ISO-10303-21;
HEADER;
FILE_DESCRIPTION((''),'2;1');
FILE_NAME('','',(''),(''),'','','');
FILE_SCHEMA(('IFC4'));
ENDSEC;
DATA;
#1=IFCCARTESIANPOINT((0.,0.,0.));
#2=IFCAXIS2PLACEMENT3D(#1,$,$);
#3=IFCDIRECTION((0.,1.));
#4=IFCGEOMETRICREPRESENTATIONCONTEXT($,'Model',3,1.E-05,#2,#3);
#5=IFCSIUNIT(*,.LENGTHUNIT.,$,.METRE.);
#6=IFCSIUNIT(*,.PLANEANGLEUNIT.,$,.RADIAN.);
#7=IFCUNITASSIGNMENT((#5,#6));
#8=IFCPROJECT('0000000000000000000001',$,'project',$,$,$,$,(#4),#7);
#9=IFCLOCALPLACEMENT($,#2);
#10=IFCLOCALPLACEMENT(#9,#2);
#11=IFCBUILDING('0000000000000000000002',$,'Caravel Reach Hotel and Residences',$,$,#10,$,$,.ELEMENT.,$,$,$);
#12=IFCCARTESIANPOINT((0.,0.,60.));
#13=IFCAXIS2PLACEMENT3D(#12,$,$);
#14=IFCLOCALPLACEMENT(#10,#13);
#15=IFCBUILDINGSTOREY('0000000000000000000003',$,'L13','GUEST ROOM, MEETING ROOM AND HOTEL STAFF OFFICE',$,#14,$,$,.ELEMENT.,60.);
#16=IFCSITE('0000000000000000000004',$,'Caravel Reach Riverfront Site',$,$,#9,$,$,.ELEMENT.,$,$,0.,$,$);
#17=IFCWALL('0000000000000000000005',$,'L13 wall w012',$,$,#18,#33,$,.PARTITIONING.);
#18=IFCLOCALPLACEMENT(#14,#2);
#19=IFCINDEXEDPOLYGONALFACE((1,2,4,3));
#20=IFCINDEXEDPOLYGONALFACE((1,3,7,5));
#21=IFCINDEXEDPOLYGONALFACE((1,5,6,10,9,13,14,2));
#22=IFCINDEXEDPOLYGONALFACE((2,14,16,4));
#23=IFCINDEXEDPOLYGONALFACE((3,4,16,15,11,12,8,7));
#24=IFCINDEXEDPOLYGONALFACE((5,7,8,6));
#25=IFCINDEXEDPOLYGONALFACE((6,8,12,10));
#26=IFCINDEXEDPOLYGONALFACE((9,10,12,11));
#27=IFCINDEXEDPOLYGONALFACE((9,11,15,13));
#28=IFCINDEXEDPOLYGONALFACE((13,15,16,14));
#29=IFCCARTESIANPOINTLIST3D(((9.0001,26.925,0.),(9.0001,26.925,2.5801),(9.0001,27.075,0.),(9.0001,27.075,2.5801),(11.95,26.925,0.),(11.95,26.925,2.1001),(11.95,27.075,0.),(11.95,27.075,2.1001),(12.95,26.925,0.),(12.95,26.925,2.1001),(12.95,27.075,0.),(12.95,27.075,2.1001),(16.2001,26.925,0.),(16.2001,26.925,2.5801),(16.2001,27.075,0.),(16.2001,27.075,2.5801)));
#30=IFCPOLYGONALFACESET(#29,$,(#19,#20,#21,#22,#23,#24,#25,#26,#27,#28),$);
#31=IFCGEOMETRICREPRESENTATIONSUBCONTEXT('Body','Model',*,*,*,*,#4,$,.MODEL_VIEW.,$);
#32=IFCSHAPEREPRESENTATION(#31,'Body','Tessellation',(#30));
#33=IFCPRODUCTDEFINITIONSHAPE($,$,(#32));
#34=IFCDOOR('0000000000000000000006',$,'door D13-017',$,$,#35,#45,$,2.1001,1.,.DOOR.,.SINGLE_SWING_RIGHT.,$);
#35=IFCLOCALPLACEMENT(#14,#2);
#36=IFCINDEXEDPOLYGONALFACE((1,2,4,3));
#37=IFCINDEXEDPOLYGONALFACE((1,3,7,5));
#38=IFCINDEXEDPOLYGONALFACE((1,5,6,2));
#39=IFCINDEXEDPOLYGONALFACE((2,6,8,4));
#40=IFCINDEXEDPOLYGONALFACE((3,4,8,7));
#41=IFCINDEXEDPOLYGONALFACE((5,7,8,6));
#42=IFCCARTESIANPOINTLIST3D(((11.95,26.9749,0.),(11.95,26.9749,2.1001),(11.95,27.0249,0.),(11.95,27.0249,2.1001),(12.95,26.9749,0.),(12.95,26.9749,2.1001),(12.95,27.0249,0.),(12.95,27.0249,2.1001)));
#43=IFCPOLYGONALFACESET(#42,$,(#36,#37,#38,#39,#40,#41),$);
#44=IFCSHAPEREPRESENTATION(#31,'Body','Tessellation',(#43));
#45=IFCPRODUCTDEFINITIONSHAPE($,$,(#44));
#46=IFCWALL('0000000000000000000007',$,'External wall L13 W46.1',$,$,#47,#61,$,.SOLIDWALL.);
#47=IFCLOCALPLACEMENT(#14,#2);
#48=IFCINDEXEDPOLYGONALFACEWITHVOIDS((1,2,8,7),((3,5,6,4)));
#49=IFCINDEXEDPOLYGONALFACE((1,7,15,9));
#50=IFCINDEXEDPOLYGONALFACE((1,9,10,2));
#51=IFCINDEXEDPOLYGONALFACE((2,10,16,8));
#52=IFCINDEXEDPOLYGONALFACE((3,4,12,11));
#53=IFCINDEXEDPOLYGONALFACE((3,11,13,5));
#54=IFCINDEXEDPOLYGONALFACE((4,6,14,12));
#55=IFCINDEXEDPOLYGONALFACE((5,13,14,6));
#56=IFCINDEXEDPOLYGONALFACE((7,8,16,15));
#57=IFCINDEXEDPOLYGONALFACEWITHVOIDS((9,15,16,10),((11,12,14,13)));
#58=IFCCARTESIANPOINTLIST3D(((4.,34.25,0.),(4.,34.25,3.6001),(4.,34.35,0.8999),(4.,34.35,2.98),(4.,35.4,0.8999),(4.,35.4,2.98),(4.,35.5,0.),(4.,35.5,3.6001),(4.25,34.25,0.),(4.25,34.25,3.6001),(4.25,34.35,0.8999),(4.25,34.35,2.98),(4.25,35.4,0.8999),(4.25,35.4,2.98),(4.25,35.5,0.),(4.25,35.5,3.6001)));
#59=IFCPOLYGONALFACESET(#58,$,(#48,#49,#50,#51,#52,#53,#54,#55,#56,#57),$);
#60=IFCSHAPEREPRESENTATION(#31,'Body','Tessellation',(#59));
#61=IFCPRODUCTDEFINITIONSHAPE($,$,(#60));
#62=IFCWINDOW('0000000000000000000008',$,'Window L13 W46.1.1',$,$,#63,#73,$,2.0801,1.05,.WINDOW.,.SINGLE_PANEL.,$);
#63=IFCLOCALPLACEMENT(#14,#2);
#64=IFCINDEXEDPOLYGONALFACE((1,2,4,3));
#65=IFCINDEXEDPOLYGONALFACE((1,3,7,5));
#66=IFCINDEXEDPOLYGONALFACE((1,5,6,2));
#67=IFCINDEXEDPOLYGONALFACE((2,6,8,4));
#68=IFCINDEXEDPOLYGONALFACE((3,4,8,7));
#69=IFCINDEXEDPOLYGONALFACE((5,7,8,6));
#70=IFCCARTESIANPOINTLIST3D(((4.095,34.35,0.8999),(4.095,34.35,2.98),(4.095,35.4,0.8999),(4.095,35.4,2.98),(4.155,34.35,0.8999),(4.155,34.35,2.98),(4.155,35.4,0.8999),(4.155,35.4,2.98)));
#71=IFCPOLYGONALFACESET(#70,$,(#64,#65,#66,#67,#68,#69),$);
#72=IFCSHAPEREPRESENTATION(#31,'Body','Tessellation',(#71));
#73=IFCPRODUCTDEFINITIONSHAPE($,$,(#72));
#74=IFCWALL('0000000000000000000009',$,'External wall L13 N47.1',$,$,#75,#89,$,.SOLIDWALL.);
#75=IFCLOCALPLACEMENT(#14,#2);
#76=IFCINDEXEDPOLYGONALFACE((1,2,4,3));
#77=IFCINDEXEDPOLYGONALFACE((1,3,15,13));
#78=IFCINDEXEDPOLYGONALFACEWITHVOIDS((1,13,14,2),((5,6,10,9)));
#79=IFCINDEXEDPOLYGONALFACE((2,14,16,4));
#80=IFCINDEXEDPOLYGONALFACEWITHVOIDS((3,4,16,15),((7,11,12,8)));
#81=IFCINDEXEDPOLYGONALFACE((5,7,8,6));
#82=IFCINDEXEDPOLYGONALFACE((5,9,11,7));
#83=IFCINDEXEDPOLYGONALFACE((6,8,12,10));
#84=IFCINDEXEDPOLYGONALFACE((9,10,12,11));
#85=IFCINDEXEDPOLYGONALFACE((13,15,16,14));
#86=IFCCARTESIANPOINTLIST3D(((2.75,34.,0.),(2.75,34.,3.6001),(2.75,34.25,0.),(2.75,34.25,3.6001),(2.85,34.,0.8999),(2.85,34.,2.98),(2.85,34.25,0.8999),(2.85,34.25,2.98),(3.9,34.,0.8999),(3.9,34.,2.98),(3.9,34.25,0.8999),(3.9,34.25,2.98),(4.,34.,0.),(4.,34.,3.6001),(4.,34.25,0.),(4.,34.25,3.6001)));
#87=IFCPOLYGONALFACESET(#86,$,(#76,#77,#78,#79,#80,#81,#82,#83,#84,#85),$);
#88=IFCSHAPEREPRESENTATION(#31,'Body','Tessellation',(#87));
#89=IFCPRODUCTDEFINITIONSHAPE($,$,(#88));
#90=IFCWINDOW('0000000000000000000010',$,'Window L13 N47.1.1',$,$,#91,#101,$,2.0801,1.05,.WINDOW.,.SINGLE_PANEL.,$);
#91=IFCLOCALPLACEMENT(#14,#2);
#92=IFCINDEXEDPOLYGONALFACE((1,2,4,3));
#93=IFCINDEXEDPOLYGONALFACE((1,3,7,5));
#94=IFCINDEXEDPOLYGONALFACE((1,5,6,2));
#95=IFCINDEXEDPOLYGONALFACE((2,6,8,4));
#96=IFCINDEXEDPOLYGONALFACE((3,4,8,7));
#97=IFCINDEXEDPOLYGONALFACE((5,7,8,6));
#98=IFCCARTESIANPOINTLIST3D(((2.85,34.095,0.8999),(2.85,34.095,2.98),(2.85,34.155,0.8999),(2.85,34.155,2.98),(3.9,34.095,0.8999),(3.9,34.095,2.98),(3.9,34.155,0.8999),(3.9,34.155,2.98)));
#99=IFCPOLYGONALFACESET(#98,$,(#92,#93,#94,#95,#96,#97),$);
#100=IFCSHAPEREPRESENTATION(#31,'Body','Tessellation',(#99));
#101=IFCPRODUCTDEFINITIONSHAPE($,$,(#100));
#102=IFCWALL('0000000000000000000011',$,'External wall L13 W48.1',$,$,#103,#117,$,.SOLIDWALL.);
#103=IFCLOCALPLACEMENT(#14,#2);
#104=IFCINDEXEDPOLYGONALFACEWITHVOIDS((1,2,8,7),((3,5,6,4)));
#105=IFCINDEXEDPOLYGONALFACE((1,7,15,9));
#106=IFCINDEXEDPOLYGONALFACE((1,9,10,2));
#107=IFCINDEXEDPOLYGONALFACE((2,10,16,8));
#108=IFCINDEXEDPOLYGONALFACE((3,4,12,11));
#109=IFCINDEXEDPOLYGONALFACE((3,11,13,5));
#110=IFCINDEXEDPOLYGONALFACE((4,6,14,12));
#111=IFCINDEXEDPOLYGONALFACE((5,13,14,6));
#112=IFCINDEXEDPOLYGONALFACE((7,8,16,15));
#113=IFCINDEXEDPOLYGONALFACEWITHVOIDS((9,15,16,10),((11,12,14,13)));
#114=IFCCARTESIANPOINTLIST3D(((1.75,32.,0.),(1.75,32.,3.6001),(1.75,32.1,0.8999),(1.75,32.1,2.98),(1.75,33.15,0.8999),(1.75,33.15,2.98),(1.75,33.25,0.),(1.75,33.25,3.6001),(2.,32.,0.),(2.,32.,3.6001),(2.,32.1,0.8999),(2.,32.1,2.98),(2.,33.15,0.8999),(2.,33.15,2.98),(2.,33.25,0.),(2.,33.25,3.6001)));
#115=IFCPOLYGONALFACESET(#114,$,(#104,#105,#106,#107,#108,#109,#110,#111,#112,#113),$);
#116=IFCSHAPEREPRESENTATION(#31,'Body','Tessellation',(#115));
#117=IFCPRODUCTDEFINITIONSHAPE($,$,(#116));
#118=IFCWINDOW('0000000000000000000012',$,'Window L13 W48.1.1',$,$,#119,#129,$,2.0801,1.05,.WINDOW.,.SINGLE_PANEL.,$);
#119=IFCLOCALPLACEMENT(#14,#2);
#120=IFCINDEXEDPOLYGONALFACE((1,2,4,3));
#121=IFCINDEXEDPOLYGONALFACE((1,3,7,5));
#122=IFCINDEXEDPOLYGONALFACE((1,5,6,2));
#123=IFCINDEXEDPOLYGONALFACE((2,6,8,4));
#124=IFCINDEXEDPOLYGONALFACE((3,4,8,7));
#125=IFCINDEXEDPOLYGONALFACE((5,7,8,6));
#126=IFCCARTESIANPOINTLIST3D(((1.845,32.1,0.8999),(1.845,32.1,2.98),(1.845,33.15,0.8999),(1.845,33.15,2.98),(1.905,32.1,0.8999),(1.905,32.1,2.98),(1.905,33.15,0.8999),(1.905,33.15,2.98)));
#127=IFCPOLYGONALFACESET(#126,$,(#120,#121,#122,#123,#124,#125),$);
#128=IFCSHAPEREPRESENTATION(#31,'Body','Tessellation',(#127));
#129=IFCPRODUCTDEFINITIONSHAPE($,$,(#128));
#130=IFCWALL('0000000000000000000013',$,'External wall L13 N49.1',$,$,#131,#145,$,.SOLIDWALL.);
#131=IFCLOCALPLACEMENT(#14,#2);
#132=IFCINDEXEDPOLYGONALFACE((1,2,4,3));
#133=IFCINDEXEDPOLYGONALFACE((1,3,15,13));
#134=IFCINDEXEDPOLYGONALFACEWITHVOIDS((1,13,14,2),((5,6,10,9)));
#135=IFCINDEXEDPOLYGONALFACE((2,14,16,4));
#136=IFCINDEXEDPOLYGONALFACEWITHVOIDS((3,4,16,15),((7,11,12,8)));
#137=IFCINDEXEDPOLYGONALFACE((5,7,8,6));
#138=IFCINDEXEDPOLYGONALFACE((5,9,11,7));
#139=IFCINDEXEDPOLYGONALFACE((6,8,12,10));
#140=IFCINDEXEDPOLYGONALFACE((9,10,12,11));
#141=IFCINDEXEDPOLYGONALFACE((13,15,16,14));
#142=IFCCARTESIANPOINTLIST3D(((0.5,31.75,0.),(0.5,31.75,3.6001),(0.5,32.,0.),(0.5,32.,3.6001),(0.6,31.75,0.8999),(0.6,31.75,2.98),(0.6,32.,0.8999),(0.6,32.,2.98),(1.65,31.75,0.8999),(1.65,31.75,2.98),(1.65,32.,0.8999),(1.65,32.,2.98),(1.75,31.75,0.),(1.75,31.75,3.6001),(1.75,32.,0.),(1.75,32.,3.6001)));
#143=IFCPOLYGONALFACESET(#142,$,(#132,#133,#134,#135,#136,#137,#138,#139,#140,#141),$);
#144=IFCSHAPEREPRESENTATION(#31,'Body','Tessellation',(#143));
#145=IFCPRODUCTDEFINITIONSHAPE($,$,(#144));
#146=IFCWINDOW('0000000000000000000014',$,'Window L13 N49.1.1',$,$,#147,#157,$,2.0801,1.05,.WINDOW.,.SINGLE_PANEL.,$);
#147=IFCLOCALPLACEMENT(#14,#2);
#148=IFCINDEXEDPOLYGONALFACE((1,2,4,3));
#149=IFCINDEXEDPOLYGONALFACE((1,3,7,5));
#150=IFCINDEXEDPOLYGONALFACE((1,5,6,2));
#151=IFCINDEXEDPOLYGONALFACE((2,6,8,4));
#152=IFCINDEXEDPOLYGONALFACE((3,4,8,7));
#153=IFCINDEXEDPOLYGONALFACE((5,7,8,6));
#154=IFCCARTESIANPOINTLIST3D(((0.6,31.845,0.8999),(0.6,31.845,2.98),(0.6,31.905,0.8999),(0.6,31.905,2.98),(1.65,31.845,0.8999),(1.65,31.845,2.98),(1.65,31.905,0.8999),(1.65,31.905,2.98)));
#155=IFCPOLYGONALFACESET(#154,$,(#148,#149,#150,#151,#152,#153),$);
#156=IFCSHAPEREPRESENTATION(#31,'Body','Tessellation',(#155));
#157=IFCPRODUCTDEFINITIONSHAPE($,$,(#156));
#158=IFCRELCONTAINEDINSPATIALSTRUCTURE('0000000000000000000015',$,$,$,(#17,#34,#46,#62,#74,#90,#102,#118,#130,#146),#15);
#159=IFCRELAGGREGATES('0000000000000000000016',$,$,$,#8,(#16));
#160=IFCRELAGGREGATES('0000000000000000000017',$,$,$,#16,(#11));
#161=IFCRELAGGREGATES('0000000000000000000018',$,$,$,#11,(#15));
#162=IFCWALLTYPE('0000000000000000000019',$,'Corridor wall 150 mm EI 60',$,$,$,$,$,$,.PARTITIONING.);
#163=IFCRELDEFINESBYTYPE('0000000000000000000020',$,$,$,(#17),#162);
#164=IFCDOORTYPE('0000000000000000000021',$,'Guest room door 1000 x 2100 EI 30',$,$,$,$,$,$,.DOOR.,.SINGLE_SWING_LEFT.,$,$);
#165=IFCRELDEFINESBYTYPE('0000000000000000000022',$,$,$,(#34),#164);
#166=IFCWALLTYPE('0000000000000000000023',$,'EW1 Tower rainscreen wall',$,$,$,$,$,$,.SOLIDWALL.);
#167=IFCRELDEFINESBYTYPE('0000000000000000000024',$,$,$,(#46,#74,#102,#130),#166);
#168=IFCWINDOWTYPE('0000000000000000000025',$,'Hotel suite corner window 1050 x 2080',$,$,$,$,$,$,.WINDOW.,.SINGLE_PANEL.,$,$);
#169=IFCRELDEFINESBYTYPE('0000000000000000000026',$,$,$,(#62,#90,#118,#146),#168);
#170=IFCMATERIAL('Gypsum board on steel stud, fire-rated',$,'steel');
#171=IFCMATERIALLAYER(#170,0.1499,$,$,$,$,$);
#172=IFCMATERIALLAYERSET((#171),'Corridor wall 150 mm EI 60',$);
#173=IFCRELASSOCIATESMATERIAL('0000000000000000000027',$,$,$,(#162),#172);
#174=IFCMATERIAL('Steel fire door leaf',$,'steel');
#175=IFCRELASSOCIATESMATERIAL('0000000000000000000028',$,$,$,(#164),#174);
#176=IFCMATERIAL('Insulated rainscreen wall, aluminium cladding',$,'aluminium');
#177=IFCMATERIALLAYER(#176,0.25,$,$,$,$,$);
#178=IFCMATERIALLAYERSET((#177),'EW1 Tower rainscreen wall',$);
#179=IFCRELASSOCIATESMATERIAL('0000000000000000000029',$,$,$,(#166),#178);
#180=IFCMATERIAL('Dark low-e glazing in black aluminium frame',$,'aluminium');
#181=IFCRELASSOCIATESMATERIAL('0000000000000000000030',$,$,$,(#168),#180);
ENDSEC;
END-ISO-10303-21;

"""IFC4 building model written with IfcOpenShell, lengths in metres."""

from ifc_helpers import new_model, si_unit, direction, frame, frame_2d, origin, place, context, subcontext, project, spatial, rectangle, extrude, material, layer, layer_set, type_object, element, fill, save


model = new_model("IFC4")

# Units and contexts
model_context = context("Model", 3, precision=1e-05, world=origin(), true_north=direction((0.0, 1.0)))
body_context = subcontext(model_context, "Body", "Model", "MODEL_VIEW")
ifc_project = project(units=[si_unit("LENGTHUNIT", "METRE"), si_unit("PLANEANGLEUNIT", "RADIAN")], contexts=[model_context])

# Site, building, storey
site_placement = place(None, origin())
site = spatial("IfcSite", under=ifc_project, at=site_placement, Name="Caravel Reach Riverfront Site", CompositionType="ELEMENT", RefElevation=0.0)
building_placement = place(site_placement, origin())
building = spatial("IfcBuilding", under=site, at=building_placement, Name="Caravel Reach Hotel and Residences", CompositionType="ELEMENT")
storey_placement = place(building_placement, frame((0.0, 0.0, 60.0)))
storey = spatial("IfcBuildingStorey", under=building, at=storey_placement, Name="L13", Description="GUEST ROOM, MEETING ROOM AND HOTEL STAFF OFFICE", CompositionType="ELEMENT", Elevation=60.0)

# Wall, opening, door
ifc_material_1 = material(Name="Gypsum board on steel stud, fire-rated", Category="steel")
ifc_layer_1 = layer(ifc_material_1, 0.1499)
ifc_layer_set_1 = layer_set([ifc_layer_1], Name="Corridor wall 150 mm EI 60")
wall_type_1 = type_object("IfcWallType", Name="Corridor wall 150 mm EI 60", PredefinedType="PARTITIONING", material=ifc_layer_set_1)
wall_1_placement = place(storey_placement, frame((9.0, 27.0, 0.0), z_axis=(0.0, 0.0, 1.0), x_axis=(1.0, 0.0, 0.0)))
wall_1 = element("IfcWall", 1, at=wall_1_placement, inside=storey, type_object=wall_type_1, Name="L13 wall w012", PredefinedType="PARTITIONING", context=body_context, shape_type="SweptSolid", body=[
    extrude(rectangle(XDim=7.2, YDim=0.1499, at=frame_2d((3.6001, 0.0))), origin(), (0.0, 0.0, 1.0), 2.5801),
])
opening_1_placement = place(wall_1_placement, frame((2.95, 0.0, 0.0)))
opening_1 = element("IfcOpeningElement", 2, at=opening_1_placement, cuts=wall_1, PredefinedType="OPENING", context=body_context, shape_type="SweptSolid", body=[
    extrude(rectangle(XDim=1.0, YDim=2.1001, at=frame_2d((0.5, 1.05))), frame((0.0, 0.085, 0.0), z_axis=(0.0, -1.0, 0.0), x_axis=(1.0, 0.0, 0.0)), (0.0, 0.0, 1.0), 0.1699),
])
ifc_material_2 = material(Name="Steel fire door leaf", Category="steel")
door_type_1 = type_object("IfcDoorType", Name="Guest room door 1000 x 2100 EI 30", OperationType="SINGLE_SWING_LEFT", PredefinedType="DOOR", material=ifc_material_2)
door_1_placement = place(opening_1_placement, origin())
door_1 = element("IfcDoor", 3, at=door_1_placement, inside=storey, type_object=door_type_1, Name="door D13-017", OperationType="SINGLE_SWING_RIGHT", OverallHeight=2.1001, OverallWidth=1.0, PredefinedType="DOOR", context=body_context, shape_type="SweptSolid", body=[
    extrude(rectangle(XDim=1.0, YDim=2.1001, at=frame_2d((0.5, 1.05))), frame((0.0, 0.0249, 0.0), z_axis=(0.0, -1.0, 0.0), x_axis=(1.0, 0.0, 0.0)), (0.0, 0.0, 1.0), 0.05),
])
fill(opening_1, door_1)

# Walls, openings, windows
ifc_material_3 = material(Name="Insulated rainscreen wall, aluminium cladding", Category="aluminium")
ifc_layer_2 = layer(ifc_material_3, 0.25)
ifc_layer_set_2 = layer_set([ifc_layer_2], Name="EW1 Tower rainscreen wall")
wall_type_2 = type_object("IfcWallType", Name="EW1 Tower rainscreen wall", PredefinedType="SOLIDWALL", material=ifc_layer_set_2)
wall_2_placement = place(storey_placement, frame((4.125, 35.5, 0.0), z_axis=(0.0, 0.0, 1.0), x_axis=(0.0, -1.0, 0.0)))
wall_2 = element("IfcWall", 4, at=wall_2_placement, inside=storey, type_object=wall_type_2, Name="External wall L13 W46.1", PredefinedType="SOLIDWALL", context=body_context, shape_type="SweptSolid", body=[
    extrude(rectangle(XDim=1.25, YDim=0.25, at=frame_2d((0.625, 0.0))), origin(), (0.0, 0.0, 1.0), 3.6001),
])
opening_2_placement = place(wall_2_placement, frame((0.1001, 0.0, 0.8999)))
opening_2 = element("IfcOpeningElement", 5, at=opening_2_placement, cuts=wall_2, PredefinedType="OPENING", context=body_context, shape_type="SweptSolid", body=[
    extrude(rectangle(XDim=1.05, YDim=2.0801, at=frame_2d((0.5249, 1.04))), frame((0.0, 0.135, 0.0), z_axis=(0.0, -1.0, 0.0), x_axis=(1.0, 0.0, 0.0)), (0.0, 0.0, 1.0), 0.27),
])
ifc_material_4 = material(Name="Dark low-e glazing in black aluminium frame", Category="aluminium")
window_type_1 = type_object("IfcWindowType", Name="Hotel suite corner window 1050 x 2080", PartitioningType="SINGLE_PANEL", PredefinedType="WINDOW", material=ifc_material_4)
window_1_placement = place(opening_2_placement, origin())
window_1 = element("IfcWindow", 6, at=window_1_placement, inside=storey, type_object=window_type_1, Name="Window L13 W46.1.1", OverallHeight=2.0801, OverallWidth=1.05, PartitioningType="SINGLE_PANEL", PredefinedType="WINDOW", context=body_context, shape_type="SweptSolid", body=[
    extrude(rectangle(XDim=1.05, YDim=2.0801, at=frame_2d((0.5249, 1.04))), frame((0.0, 0.03, 0.0), z_axis=(0.0, -1.0, 0.0), x_axis=(1.0, 0.0, 0.0)), (0.0, 0.0, 1.0), 0.0601),
])
fill(opening_2, window_1)
wall_3_placement = place(storey_placement, frame((4.0, 34.125, 0.0), z_axis=(0.0, 0.0, 1.0), x_axis=(-1.0, 0.0, 0.0)))
wall_3 = element("IfcWall", 7, at=wall_3_placement, inside=storey, type_object=wall_type_2, Name="External wall L13 N47.1", PredefinedType="SOLIDWALL", context=body_context, shape_type="SweptSolid", body=[
    extrude(rectangle(XDim=1.25, YDim=0.25, at=frame_2d((0.625, 0.0))), origin(), (0.0, 0.0, 1.0), 3.6001),
])
opening_3_placement = place(wall_3_placement, frame((0.1001, 0.0, 0.8999)))
opening_3 = element("IfcOpeningElement", 8, at=opening_3_placement, cuts=wall_3, PredefinedType="OPENING", context=body_context, shape_type="SweptSolid", body=[
    extrude(rectangle(XDim=1.05, YDim=2.0801, at=frame_2d((0.5249, 1.04))), frame((0.0, 0.135, 0.0), z_axis=(0.0, -1.0, 0.0), x_axis=(1.0, 0.0, 0.0)), (0.0, 0.0, 1.0), 0.27),
])
window_2_placement = place(opening_3_placement, origin())
window_2 = element("IfcWindow", 9, at=window_2_placement, inside=storey, type_object=window_type_1, Name="Window L13 N47.1.1", OverallHeight=2.0801, OverallWidth=1.05, PartitioningType="SINGLE_PANEL", PredefinedType="WINDOW", context=body_context, shape_type="SweptSolid", body=[
    extrude(rectangle(XDim=1.05, YDim=2.0801, at=frame_2d((0.5249, 1.04))), frame((0.0, 0.03, 0.0), z_axis=(0.0, -1.0, 0.0), x_axis=(1.0, 0.0, 0.0)), (0.0, 0.0, 1.0), 0.0601),
])
fill(opening_3, window_2)
wall_4_placement = place(storey_placement, frame((1.875, 33.25, 0.0), z_axis=(0.0, 0.0, 1.0), x_axis=(0.0, -1.0, 0.0)))
wall_4 = element("IfcWall", 10, at=wall_4_placement, inside=storey, type_object=wall_type_2, Name="External wall L13 W48.1", PredefinedType="SOLIDWALL", context=body_context, shape_type="SweptSolid", body=[
    extrude(rectangle(XDim=1.25, YDim=0.25, at=frame_2d((0.625, 0.0))), origin(), (0.0, 0.0, 1.0), 3.6001),
])
opening_4_placement = place(wall_4_placement, frame((0.1001, 0.0, 0.8999)))
opening_4 = element("IfcOpeningElement", 11, at=opening_4_placement, cuts=wall_4, PredefinedType="OPENING", context=body_context, shape_type="SweptSolid", body=[
    extrude(rectangle(XDim=1.05, YDim=2.0801, at=frame_2d((0.5249, 1.04))), frame((0.0, 0.135, 0.0), z_axis=(0.0, -1.0, 0.0), x_axis=(1.0, 0.0, 0.0)), (0.0, 0.0, 1.0), 0.27),
])
window_3_placement = place(opening_4_placement, origin())
window_3 = element("IfcWindow", 12, at=window_3_placement, inside=storey, type_object=window_type_1, Name="Window L13 W48.1.1", OverallHeight=2.0801, OverallWidth=1.05, PartitioningType="SINGLE_PANEL", PredefinedType="WINDOW", context=body_context, shape_type="SweptSolid", body=[
    extrude(rectangle(XDim=1.05, YDim=2.0801, at=frame_2d((0.5249, 1.04))), frame((0.0, 0.03, 0.0), z_axis=(0.0, -1.0, 0.0), x_axis=(1.0, 0.0, 0.0)), (0.0, 0.0, 1.0), 0.0601),
])
fill(opening_4, window_3)
wall_5_placement = place(storey_placement, frame((1.75, 31.875, 0.0), z_axis=(0.0, 0.0, 1.0), x_axis=(-1.0, 0.0, 0.0)))
wall_5 = element("IfcWall", 13, at=wall_5_placement, inside=storey, type_object=wall_type_2, Name="External wall L13 N49.1", PredefinedType="SOLIDWALL", context=body_context, shape_type="SweptSolid", body=[
    extrude(rectangle(XDim=1.25, YDim=0.25, at=frame_2d((0.625, 0.0))), origin(), (0.0, 0.0, 1.0), 3.6001),
])
opening_5_placement = place(wall_5_placement, frame((0.1001, 0.0, 0.8999)))
opening_5 = element("IfcOpeningElement", 14, at=opening_5_placement, cuts=wall_5, PredefinedType="OPENING", context=body_context, shape_type="SweptSolid", body=[
    extrude(rectangle(XDim=1.05, YDim=2.0801, at=frame_2d((0.5249, 1.04))), frame((0.0, 0.135, 0.0), z_axis=(0.0, -1.0, 0.0), x_axis=(1.0, 0.0, 0.0)), (0.0, 0.0, 1.0), 0.27),
])
window_4_placement = place(opening_5_placement, origin())
window_4 = element("IfcWindow", 15, at=window_4_placement, inside=storey, type_object=window_type_1, Name="Window L13 N49.1.1", OverallHeight=2.0801, OverallWidth=1.05, PartitioningType="SINGLE_PANEL", PredefinedType="WINDOW", context=body_context, shape_type="SweptSolid", body=[
    extrude(rectangle(XDim=1.05, YDim=2.0801, at=frame_2d((0.5249, 1.04))), frame((0.0, 0.03, 0.0), z_axis=(0.0, -1.0, 0.0), x_axis=(1.0, 0.0, 0.0)), (0.0, 0.0, 1.0), 0.0601),
])
fill(opening_5, window_4)

save(model, "model.ifc")
